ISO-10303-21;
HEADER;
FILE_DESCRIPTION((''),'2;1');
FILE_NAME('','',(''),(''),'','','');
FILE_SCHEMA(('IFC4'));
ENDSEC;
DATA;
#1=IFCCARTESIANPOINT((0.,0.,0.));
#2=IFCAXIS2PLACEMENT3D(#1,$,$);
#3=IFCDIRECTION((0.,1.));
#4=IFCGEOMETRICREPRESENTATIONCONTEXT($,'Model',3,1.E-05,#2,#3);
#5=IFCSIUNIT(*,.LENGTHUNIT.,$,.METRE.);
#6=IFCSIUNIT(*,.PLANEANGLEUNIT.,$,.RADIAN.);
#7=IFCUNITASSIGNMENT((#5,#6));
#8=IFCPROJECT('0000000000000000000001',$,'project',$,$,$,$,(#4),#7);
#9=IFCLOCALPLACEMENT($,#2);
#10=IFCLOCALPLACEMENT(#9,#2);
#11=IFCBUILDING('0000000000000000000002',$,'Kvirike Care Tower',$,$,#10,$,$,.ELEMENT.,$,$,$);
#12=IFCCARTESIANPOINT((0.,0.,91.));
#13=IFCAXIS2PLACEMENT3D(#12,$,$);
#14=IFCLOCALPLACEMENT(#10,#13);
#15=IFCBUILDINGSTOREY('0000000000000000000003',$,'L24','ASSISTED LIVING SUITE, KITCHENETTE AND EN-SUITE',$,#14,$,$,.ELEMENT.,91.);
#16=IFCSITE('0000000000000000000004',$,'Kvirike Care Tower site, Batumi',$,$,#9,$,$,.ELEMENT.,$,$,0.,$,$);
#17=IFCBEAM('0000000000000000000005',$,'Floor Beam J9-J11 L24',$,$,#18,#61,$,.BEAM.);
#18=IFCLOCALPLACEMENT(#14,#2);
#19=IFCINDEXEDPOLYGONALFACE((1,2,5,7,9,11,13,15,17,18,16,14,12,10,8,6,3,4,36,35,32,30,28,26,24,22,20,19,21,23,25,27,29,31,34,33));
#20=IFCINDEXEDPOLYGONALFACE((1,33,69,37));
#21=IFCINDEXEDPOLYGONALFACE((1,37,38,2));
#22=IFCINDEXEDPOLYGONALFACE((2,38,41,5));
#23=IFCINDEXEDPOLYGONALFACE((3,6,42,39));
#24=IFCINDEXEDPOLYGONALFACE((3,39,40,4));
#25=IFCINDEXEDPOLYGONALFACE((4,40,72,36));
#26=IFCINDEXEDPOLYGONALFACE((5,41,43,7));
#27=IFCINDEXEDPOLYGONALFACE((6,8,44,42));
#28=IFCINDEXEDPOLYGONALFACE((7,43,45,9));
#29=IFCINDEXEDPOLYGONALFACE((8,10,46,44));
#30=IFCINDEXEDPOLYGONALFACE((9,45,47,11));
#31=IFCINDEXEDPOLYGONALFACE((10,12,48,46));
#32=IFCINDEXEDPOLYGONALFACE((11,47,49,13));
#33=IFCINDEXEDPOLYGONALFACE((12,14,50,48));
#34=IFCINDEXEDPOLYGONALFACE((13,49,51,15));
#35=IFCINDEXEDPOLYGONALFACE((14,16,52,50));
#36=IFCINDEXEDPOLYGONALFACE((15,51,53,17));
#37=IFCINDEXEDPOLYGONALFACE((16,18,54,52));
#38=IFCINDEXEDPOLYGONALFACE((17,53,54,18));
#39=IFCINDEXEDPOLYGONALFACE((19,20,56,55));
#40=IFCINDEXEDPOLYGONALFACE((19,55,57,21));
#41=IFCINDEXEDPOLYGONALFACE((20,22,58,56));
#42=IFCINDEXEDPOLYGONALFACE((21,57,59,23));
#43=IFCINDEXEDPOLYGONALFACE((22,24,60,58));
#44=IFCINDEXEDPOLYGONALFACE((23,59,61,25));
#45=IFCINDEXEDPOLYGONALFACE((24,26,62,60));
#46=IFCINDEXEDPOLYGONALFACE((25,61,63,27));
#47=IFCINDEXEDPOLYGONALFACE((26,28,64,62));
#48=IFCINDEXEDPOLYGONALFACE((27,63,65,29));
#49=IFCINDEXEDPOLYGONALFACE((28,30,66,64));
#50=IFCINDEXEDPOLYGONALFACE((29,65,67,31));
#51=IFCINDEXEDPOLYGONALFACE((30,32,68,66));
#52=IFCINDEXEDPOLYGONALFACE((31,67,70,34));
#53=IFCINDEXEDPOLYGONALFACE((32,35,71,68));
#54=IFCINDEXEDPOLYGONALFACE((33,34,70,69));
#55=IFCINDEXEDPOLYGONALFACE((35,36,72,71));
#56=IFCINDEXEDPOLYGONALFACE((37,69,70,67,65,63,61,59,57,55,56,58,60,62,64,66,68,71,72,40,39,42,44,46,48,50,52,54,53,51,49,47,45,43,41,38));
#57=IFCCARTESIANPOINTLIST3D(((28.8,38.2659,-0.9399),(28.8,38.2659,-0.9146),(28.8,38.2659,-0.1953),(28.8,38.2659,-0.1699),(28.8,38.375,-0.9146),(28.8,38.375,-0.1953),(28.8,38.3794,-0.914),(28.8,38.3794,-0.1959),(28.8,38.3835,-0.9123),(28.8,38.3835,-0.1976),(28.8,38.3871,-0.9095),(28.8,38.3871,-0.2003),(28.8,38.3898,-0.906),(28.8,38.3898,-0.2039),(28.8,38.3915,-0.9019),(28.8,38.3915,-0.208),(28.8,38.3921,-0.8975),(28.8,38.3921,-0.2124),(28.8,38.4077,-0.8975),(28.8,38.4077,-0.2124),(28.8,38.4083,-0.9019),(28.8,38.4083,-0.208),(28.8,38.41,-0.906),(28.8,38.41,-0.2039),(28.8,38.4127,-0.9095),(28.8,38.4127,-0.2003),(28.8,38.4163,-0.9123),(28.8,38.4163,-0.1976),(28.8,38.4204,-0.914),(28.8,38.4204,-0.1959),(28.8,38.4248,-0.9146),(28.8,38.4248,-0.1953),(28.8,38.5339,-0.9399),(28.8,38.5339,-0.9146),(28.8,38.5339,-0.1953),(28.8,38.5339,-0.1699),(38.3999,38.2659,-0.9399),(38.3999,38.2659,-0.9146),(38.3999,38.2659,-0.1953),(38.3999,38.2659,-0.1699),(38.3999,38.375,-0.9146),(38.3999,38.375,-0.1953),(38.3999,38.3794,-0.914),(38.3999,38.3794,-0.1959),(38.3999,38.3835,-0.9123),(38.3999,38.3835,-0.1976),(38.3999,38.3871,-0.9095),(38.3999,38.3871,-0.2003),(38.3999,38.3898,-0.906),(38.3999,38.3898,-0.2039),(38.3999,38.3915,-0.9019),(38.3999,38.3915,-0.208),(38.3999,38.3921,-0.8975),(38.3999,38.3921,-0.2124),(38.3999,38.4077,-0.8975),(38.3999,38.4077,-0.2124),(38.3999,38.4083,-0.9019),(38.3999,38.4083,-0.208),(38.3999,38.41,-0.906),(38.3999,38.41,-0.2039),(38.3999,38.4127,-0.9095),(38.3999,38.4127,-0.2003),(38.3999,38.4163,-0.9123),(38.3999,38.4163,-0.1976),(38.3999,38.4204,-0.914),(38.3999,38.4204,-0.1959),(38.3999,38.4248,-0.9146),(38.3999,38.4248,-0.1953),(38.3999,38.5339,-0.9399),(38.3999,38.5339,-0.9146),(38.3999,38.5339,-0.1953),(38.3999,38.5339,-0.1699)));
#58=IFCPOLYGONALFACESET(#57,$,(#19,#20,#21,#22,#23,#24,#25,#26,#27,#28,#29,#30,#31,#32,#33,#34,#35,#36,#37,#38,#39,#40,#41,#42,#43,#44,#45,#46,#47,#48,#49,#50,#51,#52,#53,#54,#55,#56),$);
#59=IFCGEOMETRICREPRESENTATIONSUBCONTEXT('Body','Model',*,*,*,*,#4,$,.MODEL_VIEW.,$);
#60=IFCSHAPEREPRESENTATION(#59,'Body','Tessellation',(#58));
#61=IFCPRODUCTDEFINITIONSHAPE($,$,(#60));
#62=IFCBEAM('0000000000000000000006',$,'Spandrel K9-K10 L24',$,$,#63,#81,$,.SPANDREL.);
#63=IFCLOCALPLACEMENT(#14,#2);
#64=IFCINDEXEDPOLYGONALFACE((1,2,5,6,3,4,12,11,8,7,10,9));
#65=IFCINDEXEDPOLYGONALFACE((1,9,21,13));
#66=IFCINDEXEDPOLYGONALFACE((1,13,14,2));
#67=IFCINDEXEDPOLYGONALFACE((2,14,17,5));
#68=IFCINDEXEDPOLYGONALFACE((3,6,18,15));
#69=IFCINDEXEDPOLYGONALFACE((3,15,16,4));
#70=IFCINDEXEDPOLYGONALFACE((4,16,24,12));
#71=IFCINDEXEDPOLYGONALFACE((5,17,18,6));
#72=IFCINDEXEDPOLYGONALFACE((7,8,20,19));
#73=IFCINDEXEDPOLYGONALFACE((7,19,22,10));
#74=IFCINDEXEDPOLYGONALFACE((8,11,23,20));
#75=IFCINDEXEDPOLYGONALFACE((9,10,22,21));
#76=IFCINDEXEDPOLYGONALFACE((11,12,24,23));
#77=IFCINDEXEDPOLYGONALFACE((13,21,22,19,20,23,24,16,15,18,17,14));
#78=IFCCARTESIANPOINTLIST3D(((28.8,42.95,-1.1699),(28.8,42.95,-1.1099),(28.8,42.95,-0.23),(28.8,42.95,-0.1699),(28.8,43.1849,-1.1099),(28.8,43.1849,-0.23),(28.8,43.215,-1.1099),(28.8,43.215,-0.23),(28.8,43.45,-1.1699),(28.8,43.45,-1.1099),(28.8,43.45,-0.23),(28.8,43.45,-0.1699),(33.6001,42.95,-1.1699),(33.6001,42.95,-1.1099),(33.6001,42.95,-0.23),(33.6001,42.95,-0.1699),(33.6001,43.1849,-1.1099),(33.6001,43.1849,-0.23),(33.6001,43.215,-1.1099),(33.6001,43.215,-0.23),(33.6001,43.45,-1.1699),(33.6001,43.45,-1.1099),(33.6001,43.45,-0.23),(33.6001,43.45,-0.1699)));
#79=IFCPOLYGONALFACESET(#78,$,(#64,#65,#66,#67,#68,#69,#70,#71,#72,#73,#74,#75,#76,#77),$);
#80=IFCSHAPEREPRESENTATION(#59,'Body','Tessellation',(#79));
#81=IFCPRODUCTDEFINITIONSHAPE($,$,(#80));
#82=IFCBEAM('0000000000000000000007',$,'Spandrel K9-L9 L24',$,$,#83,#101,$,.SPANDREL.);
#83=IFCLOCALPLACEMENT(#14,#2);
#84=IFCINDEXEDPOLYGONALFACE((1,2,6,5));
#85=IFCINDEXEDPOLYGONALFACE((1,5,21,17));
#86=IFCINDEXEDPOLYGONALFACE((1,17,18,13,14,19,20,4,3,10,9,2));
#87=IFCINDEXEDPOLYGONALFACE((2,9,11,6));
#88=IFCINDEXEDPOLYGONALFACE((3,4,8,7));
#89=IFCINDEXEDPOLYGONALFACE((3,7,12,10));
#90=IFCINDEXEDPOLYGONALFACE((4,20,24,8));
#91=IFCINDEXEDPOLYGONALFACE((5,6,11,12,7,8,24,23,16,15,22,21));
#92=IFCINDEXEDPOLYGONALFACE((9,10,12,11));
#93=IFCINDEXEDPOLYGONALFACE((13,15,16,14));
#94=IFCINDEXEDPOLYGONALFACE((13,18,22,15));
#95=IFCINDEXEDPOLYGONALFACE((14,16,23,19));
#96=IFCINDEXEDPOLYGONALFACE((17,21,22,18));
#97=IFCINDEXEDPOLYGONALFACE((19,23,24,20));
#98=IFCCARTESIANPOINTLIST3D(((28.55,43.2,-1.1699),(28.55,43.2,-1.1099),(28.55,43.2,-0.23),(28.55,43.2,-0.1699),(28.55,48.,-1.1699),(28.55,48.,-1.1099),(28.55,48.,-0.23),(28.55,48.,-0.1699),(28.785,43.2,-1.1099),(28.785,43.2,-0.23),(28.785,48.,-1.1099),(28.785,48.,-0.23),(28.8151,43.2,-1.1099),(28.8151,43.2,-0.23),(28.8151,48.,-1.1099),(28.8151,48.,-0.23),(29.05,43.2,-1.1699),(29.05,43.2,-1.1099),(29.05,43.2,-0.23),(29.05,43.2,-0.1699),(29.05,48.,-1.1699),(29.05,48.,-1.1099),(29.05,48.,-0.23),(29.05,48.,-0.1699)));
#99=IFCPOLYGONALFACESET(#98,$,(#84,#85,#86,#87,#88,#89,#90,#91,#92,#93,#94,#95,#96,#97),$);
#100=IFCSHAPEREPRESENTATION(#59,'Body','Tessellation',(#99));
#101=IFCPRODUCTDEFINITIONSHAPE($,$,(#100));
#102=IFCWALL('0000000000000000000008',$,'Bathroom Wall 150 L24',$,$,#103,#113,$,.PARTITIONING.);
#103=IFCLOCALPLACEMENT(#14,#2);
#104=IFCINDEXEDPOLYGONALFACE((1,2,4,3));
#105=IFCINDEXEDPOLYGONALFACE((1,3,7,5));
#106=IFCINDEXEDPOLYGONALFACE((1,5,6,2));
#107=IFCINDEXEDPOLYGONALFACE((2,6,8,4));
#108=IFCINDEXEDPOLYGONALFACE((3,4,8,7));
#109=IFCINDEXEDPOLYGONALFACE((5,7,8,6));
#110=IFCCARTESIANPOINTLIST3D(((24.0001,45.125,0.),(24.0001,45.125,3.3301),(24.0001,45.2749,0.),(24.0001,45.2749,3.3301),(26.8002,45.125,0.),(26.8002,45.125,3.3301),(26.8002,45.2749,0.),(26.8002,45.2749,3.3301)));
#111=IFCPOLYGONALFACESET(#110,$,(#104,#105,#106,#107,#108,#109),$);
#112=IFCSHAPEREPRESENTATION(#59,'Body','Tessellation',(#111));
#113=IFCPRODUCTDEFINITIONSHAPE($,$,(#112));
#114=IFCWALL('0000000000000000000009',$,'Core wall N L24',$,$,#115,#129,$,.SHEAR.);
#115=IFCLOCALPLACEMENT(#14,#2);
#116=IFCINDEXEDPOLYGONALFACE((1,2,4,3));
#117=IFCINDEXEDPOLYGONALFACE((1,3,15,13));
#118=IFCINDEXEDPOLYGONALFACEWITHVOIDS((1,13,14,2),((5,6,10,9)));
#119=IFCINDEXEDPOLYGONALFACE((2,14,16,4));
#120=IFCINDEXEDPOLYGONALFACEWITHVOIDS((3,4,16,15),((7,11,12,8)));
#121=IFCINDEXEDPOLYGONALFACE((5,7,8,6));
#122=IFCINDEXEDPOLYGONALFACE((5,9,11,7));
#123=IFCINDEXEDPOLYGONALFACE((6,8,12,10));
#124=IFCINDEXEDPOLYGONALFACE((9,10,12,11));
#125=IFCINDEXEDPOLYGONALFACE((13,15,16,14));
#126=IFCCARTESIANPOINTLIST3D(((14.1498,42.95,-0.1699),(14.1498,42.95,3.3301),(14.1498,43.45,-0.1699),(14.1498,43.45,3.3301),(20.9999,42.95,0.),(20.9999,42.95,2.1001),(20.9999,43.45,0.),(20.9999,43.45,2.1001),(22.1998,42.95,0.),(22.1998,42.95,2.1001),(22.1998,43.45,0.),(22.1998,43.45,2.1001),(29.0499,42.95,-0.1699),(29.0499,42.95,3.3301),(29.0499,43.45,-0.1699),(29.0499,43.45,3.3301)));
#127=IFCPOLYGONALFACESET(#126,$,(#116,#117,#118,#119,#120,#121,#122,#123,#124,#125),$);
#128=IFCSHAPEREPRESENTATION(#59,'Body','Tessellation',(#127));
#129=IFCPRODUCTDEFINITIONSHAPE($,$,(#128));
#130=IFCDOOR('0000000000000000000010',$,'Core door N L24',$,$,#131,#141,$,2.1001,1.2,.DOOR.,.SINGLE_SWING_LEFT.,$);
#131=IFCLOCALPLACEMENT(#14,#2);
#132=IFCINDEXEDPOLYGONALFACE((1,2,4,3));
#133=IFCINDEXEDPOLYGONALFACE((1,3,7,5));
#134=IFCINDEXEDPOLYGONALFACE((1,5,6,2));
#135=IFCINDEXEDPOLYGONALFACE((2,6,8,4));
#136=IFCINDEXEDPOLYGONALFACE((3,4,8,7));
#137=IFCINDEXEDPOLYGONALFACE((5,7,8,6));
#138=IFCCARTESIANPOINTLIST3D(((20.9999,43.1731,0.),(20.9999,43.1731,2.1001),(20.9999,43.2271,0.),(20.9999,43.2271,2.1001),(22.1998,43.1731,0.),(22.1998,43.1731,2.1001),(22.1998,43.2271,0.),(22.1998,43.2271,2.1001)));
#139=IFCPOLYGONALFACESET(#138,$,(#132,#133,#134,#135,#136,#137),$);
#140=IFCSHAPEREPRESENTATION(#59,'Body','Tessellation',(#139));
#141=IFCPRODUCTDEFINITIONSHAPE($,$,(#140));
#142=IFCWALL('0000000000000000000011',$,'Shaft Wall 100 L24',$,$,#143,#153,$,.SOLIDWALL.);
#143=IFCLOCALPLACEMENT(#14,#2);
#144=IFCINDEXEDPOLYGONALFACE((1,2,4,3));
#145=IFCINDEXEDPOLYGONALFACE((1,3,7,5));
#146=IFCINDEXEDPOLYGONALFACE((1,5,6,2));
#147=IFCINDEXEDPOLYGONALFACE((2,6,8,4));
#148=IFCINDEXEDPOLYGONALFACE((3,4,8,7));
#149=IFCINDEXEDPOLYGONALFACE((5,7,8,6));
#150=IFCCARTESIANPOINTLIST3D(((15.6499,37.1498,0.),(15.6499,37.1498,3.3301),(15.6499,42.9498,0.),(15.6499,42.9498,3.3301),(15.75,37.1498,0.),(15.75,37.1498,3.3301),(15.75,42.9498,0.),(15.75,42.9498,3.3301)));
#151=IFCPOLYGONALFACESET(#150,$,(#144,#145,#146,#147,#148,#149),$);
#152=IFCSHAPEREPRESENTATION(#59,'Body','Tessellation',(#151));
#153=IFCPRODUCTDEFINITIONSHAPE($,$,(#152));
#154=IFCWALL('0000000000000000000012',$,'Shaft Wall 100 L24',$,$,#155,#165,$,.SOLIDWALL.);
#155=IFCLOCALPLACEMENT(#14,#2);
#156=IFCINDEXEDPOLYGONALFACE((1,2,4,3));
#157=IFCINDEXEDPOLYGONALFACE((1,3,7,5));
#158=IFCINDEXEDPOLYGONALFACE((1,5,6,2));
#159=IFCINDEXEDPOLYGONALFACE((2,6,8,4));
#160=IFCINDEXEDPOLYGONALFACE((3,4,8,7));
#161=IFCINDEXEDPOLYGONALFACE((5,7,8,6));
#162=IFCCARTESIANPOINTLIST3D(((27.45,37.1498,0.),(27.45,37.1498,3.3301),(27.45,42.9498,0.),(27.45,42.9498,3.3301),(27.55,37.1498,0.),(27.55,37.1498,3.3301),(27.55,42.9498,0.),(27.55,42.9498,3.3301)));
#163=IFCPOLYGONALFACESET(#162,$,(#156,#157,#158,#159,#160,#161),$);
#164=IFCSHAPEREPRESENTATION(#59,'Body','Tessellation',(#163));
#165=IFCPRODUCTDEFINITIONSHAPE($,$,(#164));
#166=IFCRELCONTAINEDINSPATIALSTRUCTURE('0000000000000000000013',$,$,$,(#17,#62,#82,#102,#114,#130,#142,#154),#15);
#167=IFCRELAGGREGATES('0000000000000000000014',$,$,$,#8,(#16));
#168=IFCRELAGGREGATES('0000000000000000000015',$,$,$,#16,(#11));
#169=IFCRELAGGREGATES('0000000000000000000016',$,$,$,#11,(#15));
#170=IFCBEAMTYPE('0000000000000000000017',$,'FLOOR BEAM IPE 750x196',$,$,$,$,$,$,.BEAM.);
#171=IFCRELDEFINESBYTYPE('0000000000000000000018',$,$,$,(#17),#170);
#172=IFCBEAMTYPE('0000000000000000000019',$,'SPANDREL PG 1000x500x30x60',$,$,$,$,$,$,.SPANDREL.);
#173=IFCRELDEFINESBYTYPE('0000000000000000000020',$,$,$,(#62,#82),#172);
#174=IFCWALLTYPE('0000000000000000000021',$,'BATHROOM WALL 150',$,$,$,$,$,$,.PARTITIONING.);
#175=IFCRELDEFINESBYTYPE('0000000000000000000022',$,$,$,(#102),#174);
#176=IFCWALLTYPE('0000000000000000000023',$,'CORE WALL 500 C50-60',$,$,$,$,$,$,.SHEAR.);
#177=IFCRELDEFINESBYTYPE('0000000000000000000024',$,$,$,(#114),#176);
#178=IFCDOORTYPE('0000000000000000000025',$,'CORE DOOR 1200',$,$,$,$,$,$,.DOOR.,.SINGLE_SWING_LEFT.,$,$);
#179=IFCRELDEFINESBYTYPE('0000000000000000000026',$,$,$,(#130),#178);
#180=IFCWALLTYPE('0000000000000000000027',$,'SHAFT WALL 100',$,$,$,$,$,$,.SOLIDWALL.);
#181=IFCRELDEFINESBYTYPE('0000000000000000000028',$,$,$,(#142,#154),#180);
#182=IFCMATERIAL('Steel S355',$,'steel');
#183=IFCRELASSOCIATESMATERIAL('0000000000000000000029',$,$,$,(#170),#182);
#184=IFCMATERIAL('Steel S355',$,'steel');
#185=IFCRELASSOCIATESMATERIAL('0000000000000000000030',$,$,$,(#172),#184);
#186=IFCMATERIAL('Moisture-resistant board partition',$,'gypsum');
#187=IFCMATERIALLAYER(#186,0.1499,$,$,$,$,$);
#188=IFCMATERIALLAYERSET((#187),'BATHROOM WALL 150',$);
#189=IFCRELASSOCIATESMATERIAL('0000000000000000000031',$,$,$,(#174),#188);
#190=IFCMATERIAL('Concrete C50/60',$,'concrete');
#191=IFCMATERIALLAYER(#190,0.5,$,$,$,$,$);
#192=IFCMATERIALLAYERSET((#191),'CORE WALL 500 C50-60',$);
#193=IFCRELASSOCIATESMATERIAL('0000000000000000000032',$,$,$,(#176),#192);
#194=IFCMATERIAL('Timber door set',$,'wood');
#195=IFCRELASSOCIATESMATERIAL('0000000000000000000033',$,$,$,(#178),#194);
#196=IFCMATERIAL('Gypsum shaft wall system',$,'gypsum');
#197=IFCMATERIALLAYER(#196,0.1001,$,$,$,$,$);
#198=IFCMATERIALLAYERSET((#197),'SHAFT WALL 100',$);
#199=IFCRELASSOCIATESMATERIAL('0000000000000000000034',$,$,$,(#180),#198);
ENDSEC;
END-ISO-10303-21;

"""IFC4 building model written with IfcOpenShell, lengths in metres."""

from ifc_helpers import new_model, si_unit, direction, frame, frame_2d, origin, origin_2d, place, context, subcontext, project, spatial, rectangle, i_section, extrude, material, layer, layer_set, material_profile, profile_set, type_object, element, fill, save


model = new_model("IFC4")

# Units and contexts
model_context = context("Model", 3, precision=1e-05, world=origin(), true_north=direction((0.0, 1.0)))
body_context = subcontext(model_context, "Body", "Model", "MODEL_VIEW")
ifc_project = project(units=[si_unit("LENGTHUNIT", "METRE"), si_unit("PLANEANGLEUNIT", "RADIAN")], contexts=[model_context])

# Site, building, storey
site_placement = place(None, origin())
site = spatial("IfcSite", under=ifc_project, at=site_placement, Name="Kvirike Care Tower site, Batumi", CompositionType="ELEMENT", RefElevation=0.0)
building_placement = place(site_placement, origin())
building = spatial("IfcBuilding", under=site, at=building_placement, Name="Kvirike Care Tower", CompositionType="ELEMENT")
storey_placement = place(building_placement, frame((0.0, 0.0, 91.0)))
storey = spatial("IfcBuildingStorey", under=building, at=storey_placement, Name="L24", Description="ASSISTED LIVING SUITE, KITCHENETTE AND EN-SUITE", CompositionType="ELEMENT", Elevation=91.0)

# Beams
ifc_material_1 = material(Name="Steel S355", Category="steel")
ifc_material_profile_1 = material_profile(ifc_material_1, i_section(OverallWidth=0.2681, OverallDepth=0.77, WebThickness=0.0156, FlangeThickness=0.0254, FilletRadius=0.0171, at=origin_2d()), Name="IPE 750x196")
ifc_profile_set_1 = profile_set([ifc_material_profile_1], Name="Steel S355")
beam_type_1 = type_object("IfcBeamType", Name="FLOOR BEAM IPE 750x196", PredefinedType="BEAM", material=ifc_profile_set_1)
beam_placement = place(storey_placement, frame((28.8, 38.3999, -0.5549), z_axis=(1.0, 0.0, 0.0), x_axis=(0.0, 1.0, 0.0)))
element("IfcBeam", 1, at=beam_placement, inside=storey, type_object=beam_type_1, Name="Floor Beam J9-J11 L24", PredefinedType="BEAM", context=body_context, shape_type="SweptSolid", body=[
    extrude(i_section(OverallWidth=0.2681, OverallDepth=0.77, WebThickness=0.0156, FlangeThickness=0.0254, FilletRadius=0.0171, at=origin_2d()), origin(), (0.0, 0.0, 1.0), 9.5999),
])
ifc_material_2 = material(Name="Steel S355", Category="steel")
ifc_material_profile_2 = material_profile(ifc_material_2, i_section(OverallWidth=0.5, OverallDepth=1.0, WebThickness=0.03, FlangeThickness=0.0601, at=origin_2d()), Name="PG 1000x500x30x60")
ifc_profile_set_2 = profile_set([ifc_material_profile_2], Name="Steel S355")
beam_type_2 = type_object("IfcBeamType", Name="SPANDREL PG 1000x500x30x60", PredefinedType="SPANDREL", material=ifc_profile_set_2)
for number, where, z_axis, x_axis, name in (
    (2, (28.8, 43.2, -0.6699), (1.0, 0.0, 0.0), (0.0, 1.0, 0.0), "Spandrel K9-K10 L24"),
    (3, (28.8, 43.2, -0.6699), (0.0, 1.0, 0.0), (-1.0, 0.0, 0.0), "Spandrel K9-L9 L24"),
):
    element("IfcBeam", number, at=place(storey_placement, frame(where, z_axis=z_axis, x_axis=x_axis)), inside=storey, type_object=beam_type_2, Name=name, PredefinedType="SPANDREL", context=body_context, shape_type="SweptSolid", body=[
        extrude(i_section(OverallWidth=0.5, OverallDepth=1.0, WebThickness=0.03, FlangeThickness=0.0601, at=origin_2d()), origin(), (0.0, 0.0, 1.0), 4.8),
    ])

# Wall
ifc_material_3 = material(Name="Moisture-resistant board partition", Category="gypsum")
ifc_layer_1 = layer(ifc_material_3, 0.1499)
ifc_layer_set_1 = layer_set([ifc_layer_1], Name="BATHROOM WALL 150")
wall_type_1 = type_object("IfcWallType", Name="BATHROOM WALL 150", PredefinedType="PARTITIONING", material=ifc_layer_set_1)
wall_1_placement = place(storey_placement, frame((26.8, 45.2, 0.0), z_axis=(0.0, 0.0, 1.0), x_axis=(-1.0, 0.0, 0.0)))
element("IfcWall", 4, at=wall_1_placement, inside=storey, type_object=wall_type_1, Name="Bathroom Wall 150 L24", PredefinedType="PARTITIONING", context=body_context, shape_type="SweptSolid", body=[
    extrude(rectangle(XDim=2.8, YDim=0.1499, at=frame_2d((1.3999, 0.0))), origin(), (0.0, 0.0, 1.0), 3.3301),
])

# Wall, opening, door
ifc_material_4 = material(Name="Concrete C50/60", Category="concrete")
ifc_layer_2 = layer(ifc_material_4, 0.5)
ifc_layer_set_2 = layer_set([ifc_layer_2], Name="CORE WALL 500 C50-60")
wall_type_2 = type_object("IfcWallType", Name="CORE WALL 500 C50-60", PredefinedType="SHEAR", material=ifc_layer_set_2)
wall_2_placement = place(storey_placement, frame((29.05, 43.2, -0.1699), z_axis=(0.0, 0.0, 1.0), x_axis=(-1.0, 0.0, 0.0)))
wall_2 = element("IfcWall", 5, at=wall_2_placement, inside=storey, type_object=wall_type_2, Name="Core wall N L24", PredefinedType="SHEAR", context=body_context, shape_type="SweptSolid", body=[
    extrude(rectangle(XDim=14.9001, YDim=0.5, at=frame_2d((7.4502, 0.0))), origin(), (0.0, 0.0, 1.0), 3.5),
])
opening_1_placement = place(wall_2_placement, frame((6.8501, 0.0, 0.1699)))
opening_1 = element("IfcOpeningElement", 6, at=opening_1_placement, cuts=wall_2, PredefinedType="OPENING", context=body_context, shape_type="SweptSolid", body=[
    extrude(rectangle(XDim=1.2, YDim=2.1001, at=frame_2d((0.6001, 1.05))), frame((0.0, 0.2605, 0.0), z_axis=(0.0, -1.0, 0.0), x_axis=(1.0, 0.0, 0.0)), (0.0, 0.0, 1.0), 0.521),
])
ifc_material_5 = material(Name="Timber door set", Category="wood")
door_type_1 = type_object("IfcDoorType", Name="CORE DOOR 1200", OperationType="SINGLE_SWING_LEFT", PredefinedType="DOOR", material=ifc_material_5)
door_1_placement = place(opening_1_placement, origin())
door_1 = element("IfcDoor", 7, at=door_1_placement, inside=storey, type_object=door_type_1, Name="Core door N L24", OperationType="SINGLE_SWING_LEFT", OverallHeight=2.1001, OverallWidth=1.2, PredefinedType="DOOR", context=body_context, shape_type="SweptSolid", body=[
    extrude(rectangle(XDim=1.2, YDim=2.1001, at=frame_2d((0.6001, 1.05))), frame((0.0, 0.0269, 0.0), z_axis=(0.0, -1.0, 0.0), x_axis=(1.0, 0.0, 0.0)), (0.0, 0.0, 1.0), 0.054),
])
fill(opening_1, door_1)

# Walls
ifc_material_6 = material(Name="Gypsum shaft wall system", Category="gypsum")
ifc_layer_3 = layer(ifc_material_6, 0.1001)
ifc_layer_set_3 = layer_set([ifc_layer_3], Name="SHAFT WALL 100")
wall_type_3 = type_object("IfcWallType", Name="SHAFT WALL 100", PredefinedType="SOLIDWALL", material=ifc_layer_set_3)
for number, where, z_axis, x_axis, name in (
    (8, (15.7, 37.1499, 0.0), (0.0, 0.0, 1.0), (0.0, 1.0, 0.0), "Shaft Wall 100 L24"),
    (9, (27.5, 37.1499, 0.0), (0.0, 0.0, 1.0), (0.0, 1.0, 0.0), "Shaft Wall 100 L24"),
):
    element("IfcWall", number, at=place(storey_placement, frame(where, z_axis=z_axis, x_axis=x_axis)), inside=storey, type_object=wall_type_3, Name=name, PredefinedType="SOLIDWALL", context=body_context, shape_type="SweptSolid", body=[
        extrude(rectangle(XDim=5.8, YDim=0.1001, at=frame_2d((2.8999, 0.0))), origin(), (0.0, 0.0, 1.0), 3.3301),
    ])

save(model, "model.ifc")
